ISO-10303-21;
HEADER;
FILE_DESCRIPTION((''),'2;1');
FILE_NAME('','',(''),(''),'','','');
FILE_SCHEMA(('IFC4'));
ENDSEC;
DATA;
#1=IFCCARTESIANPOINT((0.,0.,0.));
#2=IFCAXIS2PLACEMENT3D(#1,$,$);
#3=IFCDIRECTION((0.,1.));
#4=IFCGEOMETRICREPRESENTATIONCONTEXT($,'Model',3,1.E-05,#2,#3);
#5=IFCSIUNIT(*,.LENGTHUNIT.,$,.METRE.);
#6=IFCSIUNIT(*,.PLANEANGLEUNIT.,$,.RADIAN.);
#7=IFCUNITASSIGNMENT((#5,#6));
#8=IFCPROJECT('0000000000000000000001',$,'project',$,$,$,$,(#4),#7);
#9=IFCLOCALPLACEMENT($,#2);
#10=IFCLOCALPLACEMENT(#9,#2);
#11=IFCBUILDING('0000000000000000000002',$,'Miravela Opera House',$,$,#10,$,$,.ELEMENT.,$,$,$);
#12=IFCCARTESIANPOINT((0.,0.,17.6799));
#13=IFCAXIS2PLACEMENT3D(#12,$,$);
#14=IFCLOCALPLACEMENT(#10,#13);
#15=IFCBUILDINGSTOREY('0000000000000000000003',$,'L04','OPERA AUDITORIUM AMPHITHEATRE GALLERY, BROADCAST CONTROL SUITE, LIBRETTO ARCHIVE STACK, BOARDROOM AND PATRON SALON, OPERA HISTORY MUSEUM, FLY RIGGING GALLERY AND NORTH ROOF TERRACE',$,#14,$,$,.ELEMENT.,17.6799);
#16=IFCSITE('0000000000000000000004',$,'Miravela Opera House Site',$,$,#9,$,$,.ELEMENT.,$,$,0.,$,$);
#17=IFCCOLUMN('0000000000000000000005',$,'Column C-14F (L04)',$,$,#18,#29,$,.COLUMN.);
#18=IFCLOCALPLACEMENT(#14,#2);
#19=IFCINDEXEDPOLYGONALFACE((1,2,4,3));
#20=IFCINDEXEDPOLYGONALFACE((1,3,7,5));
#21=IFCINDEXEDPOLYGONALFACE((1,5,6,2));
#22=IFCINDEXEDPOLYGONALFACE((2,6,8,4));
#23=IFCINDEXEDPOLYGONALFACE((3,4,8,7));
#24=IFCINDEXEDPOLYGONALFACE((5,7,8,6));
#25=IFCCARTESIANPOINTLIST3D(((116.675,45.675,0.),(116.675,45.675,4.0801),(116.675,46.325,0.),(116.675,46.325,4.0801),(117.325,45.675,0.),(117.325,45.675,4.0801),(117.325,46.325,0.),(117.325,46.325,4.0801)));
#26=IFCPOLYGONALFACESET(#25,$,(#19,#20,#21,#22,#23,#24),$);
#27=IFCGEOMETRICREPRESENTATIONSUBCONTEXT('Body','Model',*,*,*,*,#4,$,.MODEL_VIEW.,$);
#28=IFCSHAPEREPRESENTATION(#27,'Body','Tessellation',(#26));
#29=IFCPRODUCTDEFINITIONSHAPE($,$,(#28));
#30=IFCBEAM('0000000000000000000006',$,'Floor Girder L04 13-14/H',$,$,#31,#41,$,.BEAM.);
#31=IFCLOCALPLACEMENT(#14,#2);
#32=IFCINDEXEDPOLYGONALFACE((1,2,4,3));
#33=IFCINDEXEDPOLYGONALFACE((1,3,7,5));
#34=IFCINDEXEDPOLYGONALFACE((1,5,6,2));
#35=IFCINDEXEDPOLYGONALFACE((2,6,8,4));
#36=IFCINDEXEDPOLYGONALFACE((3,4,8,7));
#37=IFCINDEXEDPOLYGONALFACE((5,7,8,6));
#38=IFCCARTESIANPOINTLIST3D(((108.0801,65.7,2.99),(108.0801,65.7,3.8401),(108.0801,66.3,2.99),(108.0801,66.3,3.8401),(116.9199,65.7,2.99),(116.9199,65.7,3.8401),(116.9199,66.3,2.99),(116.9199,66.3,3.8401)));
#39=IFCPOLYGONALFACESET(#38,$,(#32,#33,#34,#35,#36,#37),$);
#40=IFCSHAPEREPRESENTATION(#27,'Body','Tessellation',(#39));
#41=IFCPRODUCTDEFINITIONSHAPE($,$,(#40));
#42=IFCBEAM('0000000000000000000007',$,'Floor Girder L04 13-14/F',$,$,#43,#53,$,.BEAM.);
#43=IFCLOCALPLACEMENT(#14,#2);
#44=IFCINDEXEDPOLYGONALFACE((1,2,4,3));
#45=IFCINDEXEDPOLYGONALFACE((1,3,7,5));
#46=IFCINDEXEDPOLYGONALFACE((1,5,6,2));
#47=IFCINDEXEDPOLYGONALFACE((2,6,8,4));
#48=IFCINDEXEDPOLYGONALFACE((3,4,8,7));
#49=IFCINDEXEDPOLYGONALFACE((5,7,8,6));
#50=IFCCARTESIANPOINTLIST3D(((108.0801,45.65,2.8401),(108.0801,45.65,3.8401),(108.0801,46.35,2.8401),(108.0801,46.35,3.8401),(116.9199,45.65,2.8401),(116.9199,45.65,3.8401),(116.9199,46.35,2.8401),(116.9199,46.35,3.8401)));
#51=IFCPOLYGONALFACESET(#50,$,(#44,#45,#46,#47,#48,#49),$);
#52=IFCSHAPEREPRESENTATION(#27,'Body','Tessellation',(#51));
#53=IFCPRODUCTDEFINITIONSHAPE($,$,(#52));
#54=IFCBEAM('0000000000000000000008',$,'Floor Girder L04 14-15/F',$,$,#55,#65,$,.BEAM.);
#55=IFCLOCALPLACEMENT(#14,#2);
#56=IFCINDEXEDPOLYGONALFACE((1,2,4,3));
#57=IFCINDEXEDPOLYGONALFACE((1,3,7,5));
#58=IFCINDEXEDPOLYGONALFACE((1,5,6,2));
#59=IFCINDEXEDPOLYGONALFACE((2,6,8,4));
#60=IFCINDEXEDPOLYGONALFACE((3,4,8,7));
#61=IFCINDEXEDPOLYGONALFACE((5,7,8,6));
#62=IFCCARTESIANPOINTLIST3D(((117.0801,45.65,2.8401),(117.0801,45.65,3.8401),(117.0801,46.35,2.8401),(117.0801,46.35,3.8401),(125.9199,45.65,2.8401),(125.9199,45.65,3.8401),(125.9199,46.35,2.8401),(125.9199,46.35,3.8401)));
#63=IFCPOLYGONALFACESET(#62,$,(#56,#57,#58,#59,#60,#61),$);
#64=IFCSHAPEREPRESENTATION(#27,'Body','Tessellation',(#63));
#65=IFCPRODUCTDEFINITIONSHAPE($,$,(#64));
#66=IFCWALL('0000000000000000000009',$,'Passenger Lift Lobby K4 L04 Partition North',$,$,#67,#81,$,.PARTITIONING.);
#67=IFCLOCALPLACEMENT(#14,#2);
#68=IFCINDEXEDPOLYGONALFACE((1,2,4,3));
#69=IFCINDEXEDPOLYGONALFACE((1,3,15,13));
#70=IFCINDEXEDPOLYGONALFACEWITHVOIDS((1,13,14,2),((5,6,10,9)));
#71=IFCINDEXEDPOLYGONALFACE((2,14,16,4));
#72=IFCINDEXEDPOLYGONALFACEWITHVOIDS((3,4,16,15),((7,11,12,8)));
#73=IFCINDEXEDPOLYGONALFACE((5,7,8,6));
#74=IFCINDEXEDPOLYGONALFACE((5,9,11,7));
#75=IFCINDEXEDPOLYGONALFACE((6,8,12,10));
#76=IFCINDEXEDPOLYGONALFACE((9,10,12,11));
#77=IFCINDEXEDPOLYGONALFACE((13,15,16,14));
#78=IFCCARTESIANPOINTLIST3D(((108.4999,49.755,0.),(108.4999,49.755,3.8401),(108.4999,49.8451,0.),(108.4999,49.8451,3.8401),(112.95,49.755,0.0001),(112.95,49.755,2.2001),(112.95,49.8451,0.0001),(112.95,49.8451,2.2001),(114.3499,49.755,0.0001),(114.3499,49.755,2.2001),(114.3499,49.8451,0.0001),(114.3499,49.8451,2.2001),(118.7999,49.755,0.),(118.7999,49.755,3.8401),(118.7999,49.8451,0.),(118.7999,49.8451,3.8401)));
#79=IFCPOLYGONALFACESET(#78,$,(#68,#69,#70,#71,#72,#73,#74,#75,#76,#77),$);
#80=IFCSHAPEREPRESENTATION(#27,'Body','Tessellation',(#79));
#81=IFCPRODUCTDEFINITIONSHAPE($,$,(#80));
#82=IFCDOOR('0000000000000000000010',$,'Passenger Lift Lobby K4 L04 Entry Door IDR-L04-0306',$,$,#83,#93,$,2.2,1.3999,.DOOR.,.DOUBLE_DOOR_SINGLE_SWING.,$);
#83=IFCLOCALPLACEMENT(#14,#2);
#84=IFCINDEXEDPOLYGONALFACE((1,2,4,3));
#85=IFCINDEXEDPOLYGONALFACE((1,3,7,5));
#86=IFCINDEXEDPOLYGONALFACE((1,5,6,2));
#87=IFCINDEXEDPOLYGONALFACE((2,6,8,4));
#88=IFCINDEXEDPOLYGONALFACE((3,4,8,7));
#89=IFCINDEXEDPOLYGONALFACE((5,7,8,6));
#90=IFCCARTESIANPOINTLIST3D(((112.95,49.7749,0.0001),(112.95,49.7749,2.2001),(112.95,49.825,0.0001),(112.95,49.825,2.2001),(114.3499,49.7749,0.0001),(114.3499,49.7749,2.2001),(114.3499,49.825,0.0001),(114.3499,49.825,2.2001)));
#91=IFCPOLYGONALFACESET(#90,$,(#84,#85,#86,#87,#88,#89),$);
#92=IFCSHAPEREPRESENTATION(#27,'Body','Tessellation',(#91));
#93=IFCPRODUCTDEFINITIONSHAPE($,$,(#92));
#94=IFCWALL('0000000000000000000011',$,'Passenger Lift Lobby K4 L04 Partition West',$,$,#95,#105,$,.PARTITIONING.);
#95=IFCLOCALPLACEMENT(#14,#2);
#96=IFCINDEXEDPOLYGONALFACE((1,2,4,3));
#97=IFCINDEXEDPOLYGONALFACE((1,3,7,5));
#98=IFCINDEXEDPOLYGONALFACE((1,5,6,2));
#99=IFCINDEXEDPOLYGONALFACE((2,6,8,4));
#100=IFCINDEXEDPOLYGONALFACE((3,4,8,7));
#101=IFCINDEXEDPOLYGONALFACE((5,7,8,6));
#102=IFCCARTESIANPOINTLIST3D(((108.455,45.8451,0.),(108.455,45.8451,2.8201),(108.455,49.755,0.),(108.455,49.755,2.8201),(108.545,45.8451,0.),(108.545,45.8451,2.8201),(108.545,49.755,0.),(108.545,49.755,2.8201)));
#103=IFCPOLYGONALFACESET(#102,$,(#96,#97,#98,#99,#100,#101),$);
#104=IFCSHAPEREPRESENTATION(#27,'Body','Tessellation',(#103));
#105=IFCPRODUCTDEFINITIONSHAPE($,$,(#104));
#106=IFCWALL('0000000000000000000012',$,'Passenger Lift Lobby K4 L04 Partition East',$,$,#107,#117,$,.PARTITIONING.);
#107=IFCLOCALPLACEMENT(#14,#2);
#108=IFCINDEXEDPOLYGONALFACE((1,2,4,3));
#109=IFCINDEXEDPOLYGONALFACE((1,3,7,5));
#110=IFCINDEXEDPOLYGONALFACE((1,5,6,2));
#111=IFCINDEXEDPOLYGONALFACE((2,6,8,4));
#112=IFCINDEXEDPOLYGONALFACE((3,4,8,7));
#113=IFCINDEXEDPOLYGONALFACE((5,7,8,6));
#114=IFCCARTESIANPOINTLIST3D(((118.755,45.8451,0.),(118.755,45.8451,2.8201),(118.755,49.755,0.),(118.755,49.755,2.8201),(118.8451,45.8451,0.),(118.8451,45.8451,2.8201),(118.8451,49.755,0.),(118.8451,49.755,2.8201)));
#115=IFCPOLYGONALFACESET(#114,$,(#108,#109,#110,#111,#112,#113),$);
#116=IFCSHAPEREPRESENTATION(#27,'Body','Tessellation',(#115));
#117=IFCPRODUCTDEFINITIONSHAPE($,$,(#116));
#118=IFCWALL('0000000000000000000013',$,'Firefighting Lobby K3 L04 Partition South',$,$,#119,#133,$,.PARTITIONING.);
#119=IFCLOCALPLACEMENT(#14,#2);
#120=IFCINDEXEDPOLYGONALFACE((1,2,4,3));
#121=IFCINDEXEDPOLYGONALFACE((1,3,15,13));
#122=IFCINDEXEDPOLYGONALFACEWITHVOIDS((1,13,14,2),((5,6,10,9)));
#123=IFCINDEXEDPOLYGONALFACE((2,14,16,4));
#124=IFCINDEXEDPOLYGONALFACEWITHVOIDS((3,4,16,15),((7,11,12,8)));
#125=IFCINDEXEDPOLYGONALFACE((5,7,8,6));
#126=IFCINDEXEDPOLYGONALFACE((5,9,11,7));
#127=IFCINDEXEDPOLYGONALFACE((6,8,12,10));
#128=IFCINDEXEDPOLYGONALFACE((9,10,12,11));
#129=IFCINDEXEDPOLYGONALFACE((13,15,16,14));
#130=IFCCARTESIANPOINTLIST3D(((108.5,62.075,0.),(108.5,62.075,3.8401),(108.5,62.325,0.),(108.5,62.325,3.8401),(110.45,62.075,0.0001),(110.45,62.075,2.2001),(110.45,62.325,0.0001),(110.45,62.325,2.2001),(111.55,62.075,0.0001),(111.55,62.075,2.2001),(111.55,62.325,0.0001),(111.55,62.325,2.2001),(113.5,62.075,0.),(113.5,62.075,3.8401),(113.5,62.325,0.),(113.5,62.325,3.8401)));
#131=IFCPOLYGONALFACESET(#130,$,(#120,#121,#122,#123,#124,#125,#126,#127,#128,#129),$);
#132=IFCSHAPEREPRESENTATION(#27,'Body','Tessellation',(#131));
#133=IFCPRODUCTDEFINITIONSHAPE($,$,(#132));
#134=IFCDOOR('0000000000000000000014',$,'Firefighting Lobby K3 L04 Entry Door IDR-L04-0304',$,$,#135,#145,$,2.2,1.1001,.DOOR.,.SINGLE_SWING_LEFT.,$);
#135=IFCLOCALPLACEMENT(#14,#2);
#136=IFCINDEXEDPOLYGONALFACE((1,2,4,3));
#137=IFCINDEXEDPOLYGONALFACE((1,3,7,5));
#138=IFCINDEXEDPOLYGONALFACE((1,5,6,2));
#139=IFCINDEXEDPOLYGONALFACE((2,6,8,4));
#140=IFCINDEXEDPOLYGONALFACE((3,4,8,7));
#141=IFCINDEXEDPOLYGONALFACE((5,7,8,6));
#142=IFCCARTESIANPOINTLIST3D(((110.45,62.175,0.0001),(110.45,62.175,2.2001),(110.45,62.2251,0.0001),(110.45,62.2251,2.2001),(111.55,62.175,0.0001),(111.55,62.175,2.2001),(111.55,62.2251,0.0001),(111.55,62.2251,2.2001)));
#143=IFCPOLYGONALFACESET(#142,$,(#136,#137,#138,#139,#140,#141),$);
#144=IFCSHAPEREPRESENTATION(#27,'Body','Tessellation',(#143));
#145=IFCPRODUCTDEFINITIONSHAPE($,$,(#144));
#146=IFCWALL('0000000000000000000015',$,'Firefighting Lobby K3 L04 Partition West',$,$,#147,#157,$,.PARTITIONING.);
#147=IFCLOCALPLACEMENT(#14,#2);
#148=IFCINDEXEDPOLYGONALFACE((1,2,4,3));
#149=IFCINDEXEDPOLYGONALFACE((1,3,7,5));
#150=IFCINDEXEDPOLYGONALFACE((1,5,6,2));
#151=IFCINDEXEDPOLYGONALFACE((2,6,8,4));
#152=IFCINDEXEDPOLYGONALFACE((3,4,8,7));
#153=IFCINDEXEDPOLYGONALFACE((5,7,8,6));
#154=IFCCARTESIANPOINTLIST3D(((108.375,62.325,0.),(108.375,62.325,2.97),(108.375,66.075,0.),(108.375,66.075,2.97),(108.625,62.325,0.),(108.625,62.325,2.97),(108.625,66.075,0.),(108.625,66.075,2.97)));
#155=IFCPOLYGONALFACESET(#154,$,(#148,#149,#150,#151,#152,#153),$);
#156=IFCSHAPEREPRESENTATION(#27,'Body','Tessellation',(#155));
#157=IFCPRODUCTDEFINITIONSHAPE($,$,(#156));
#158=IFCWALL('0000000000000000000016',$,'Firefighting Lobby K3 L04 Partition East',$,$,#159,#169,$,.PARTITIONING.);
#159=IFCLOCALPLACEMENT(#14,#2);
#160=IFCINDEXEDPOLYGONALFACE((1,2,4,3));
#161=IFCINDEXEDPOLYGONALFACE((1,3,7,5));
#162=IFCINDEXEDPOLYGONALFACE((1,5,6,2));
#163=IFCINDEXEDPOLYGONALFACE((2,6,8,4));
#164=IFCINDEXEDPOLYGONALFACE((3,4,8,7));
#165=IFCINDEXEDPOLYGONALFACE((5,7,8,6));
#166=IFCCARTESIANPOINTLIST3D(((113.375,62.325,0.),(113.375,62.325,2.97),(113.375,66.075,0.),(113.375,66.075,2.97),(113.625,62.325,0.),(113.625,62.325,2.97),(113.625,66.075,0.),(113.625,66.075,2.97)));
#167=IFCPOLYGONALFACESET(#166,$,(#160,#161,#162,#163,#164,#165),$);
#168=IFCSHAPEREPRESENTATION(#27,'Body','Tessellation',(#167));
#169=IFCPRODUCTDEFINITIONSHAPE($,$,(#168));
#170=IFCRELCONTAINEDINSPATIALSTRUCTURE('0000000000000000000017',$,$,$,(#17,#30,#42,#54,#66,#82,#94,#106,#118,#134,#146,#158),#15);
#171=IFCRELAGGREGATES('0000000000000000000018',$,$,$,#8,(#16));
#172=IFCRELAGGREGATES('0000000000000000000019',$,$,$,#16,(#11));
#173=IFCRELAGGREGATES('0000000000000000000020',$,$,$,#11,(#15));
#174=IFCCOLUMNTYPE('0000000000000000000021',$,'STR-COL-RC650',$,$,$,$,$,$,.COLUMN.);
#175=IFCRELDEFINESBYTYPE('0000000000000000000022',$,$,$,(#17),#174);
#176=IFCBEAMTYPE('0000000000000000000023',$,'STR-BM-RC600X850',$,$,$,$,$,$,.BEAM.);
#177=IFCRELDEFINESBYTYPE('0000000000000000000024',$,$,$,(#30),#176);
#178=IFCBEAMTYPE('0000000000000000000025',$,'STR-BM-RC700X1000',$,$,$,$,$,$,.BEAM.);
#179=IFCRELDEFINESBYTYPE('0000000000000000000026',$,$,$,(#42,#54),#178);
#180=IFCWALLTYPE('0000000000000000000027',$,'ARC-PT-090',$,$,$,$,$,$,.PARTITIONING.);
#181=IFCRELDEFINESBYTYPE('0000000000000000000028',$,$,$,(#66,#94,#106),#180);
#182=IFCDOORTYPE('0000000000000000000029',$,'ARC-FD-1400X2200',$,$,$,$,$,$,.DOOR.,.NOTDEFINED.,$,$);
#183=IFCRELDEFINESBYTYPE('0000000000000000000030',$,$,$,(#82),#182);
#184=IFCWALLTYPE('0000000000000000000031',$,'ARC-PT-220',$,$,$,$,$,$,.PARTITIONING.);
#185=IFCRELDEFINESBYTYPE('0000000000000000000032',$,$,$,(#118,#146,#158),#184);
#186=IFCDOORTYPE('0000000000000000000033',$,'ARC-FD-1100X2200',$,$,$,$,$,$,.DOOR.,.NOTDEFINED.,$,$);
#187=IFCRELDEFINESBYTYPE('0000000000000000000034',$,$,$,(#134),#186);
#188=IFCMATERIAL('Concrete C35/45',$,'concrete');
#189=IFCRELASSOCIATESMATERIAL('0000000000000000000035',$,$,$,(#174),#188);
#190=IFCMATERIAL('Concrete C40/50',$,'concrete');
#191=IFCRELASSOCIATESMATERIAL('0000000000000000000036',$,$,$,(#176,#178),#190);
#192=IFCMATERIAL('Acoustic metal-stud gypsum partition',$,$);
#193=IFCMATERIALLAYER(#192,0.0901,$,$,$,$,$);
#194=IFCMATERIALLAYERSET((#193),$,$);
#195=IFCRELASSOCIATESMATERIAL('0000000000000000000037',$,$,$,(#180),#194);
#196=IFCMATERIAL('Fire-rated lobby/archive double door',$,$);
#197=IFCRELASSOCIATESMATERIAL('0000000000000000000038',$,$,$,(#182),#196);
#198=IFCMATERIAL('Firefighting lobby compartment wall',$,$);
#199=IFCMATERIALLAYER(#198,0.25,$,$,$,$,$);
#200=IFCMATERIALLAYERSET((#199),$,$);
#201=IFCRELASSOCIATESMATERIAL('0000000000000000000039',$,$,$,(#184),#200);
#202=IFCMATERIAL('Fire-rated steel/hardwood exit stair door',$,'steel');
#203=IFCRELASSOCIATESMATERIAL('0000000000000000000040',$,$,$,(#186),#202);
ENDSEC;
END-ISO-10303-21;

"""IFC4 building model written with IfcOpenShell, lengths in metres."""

from ifc_helpers import new_model, si_unit, direction, frame, frame_2d, origin, origin_2d, place, context, subcontext, project, spatial, rectangle, extrude, material, layer, layer_set, material_profile, profile_set, type_object, element, fill, save


model = new_model("IFC4")

# Units and contexts
model_context = context("Model", 3, precision=1e-05, world=origin(), true_north=direction((0.0, 1.0)))
body_context = subcontext(model_context, "Body", "Model", "MODEL_VIEW")
ifc_project = project(units=[si_unit("LENGTHUNIT", "METRE"), si_unit("PLANEANGLEUNIT", "RADIAN")], contexts=[model_context])

# Site, building, storey
site_placement = place(None, origin())
site = spatial("IfcSite", under=ifc_project, at=site_placement, Name="Miravela Opera House Site", CompositionType="ELEMENT", RefElevation=0.0)
building_placement = place(site_placement, origin())
building = spatial("IfcBuilding", under=site, at=building_placement, Name="Miravela Opera House", CompositionType="ELEMENT")
storey_placement = place(building_placement, frame((0.0, 0.0, 17.6799)))
storey = spatial("IfcBuildingStorey", under=building, at=storey_placement, Name="L04", Description="OPERA AUDITORIUM AMPHITHEATRE GALLERY, BROADCAST CONTROL SUITE, LIBRETTO ARCHIVE STACK, BOARDROOM AND PATRON SALON, OPERA HISTORY MUSEUM, FLY RIGGING GALLERY AND NORTH ROOF TERRACE", CompositionType="ELEMENT", Elevation=17.6799)

# Column
ifc_material_1 = material(Name="Concrete C35/45", Category="concrete")
ifc_material_profile_1 = material_profile(ifc_material_1, rectangle(XDim=0.6499, YDim=0.6499, at=origin_2d()), Name="RC-COL-650X650")
ifc_profile_set_1 = profile_set([ifc_material_profile_1])
column_type = type_object("IfcColumnType", Name="STR-COL-RC650", PredefinedType="COLUMN", material=ifc_profile_set_1)
column_placement = place(storey_placement, frame((117.0, 46.0, 0.0), z_axis=(0.0, 0.0, 1.0), x_axis=(1.0, 0.0, 0.0)))
element("IfcColumn", 1, at=column_placement, inside=storey, type_object=column_type, Name="Column C-14F (L04)", PredefinedType="COLUMN", context=body_context, shape_type="SweptSolid", body=[
    extrude(rectangle(XDim=0.6499, YDim=0.6499, at=origin_2d()), origin(), (0.0, 0.0, 1.0), 4.0801),
])

# Beams
ifc_material_2 = material(Name="Concrete C40/50", Category="concrete")
ifc_material_profile_2 = material_profile(ifc_material_2, rectangle(XDim=0.6001, YDim=0.8501, at=origin_2d()), Name="RC-BM-600X850")
ifc_profile_set_2 = profile_set([ifc_material_profile_2])
beam_type_1 = type_object("IfcBeamType", Name="STR-BM-RC600X850", PredefinedType="BEAM", material=ifc_profile_set_2)
beam_placement = place(storey_placement, frame((108.0801, 66.0, 3.415), z_axis=(1.0, 0.0, 0.0), x_axis=(0.0, 1.0, 0.0)))
element("IfcBeam", 2, at=beam_placement, inside=storey, type_object=beam_type_1, Name="Floor Girder L04 13-14/H", PredefinedType="BEAM", context=body_context, shape_type="SweptSolid", body=[
    extrude(rectangle(XDim=0.6001, YDim=0.8501, at=origin_2d()), origin(), (0.0, 0.0, 1.0), 8.8398),
])
ifc_material_profile_3 = material_profile(ifc_material_2, rectangle(XDim=0.7, YDim=1.0, at=origin_2d()), Name="RC-BM-700X1000")
ifc_profile_set_3 = profile_set([ifc_material_profile_3])
beam_type_2 = type_object("IfcBeamType", Name="STR-BM-RC700X1000", PredefinedType="BEAM", material=ifc_profile_set_3)
for number, where, z_axis, x_axis, name in (
    (3, (108.0801, 46.0, 3.3401), (1.0, 0.0, 0.0), (0.0, 1.0, 0.0), "Floor Girder L04 13-14/F"),
    (4, (117.0801, 46.0, 3.3401), (1.0, 0.0, 0.0), (0.0, 1.0, 0.0), "Floor Girder L04 14-15/F"),
):
    element("IfcBeam", number, at=place(storey_placement, frame(where, z_axis=z_axis, x_axis=x_axis)), inside=storey, type_object=beam_type_2, Name=name, PredefinedType="BEAM", context=body_context, shape_type="SweptSolid", body=[
        extrude(rectangle(XDim=0.7, YDim=1.0, at=origin_2d()), origin(), (0.0, 0.0, 1.0), 8.8398),
    ])

# Wall, opening, door
ifc_material_3 = material(Name="Acoustic metal-stud gypsum partition")
ifc_layer_1 = layer(ifc_material_3, 0.0901)
ifc_layer_set_1 = layer_set([ifc_layer_1])
wall_type_1 = type_object("IfcWallType", Name="ARC-PT-090", PredefinedType="PARTITIONING", material=ifc_layer_set_1)
wall_1_placement = place(storey_placement, frame((108.5, 49.8, 0.0), z_axis=(0.0, 0.0, 1.0), x_axis=(1.0, 0.0, 0.0)))
wall_1 = element("IfcWall", 5, at=wall_1_placement, inside=storey, type_object=wall_type_1, Name="Passenger Lift Lobby K4 L04 Partition North", PredefinedType="PARTITIONING", context=body_context, shape_type="SweptSolid", body=[
    extrude(rectangle(XDim=10.3, YDim=0.0901, at=frame_2d((5.1499, 0.0))), origin(), (0.0, 0.0, 1.0), 3.8401),
])
opening_1_placement = place(wall_1_placement, frame((4.45, 0.0, 0.0)))
opening_1 = element("IfcOpeningElement", 6, at=opening_1_placement, cuts=wall_1, PredefinedType="OPENING", context=body_context, shape_type="SweptSolid", body=[
    extrude(rectangle(XDim=1.3999, YDim=2.2, at=frame_2d((0.7, 1.1001))), frame((0.0, 0.0549, 0.0), z_axis=(0.0, -1.0, 0.0), x_axis=(1.0, 0.0, 0.0)), (0.0, 0.0, 1.0), 0.1101),
])
ifc_material_4 = material(Name="Fire-rated lobby/archive double door")
door_type_1 = type_object("IfcDoorType", Name="ARC-FD-1400X2200", OperationType="NOTDEFINED", PredefinedType="DOOR", material=ifc_material_4)
door_1_placement = place(opening_1_placement, origin())
door_1 = element("IfcDoor", 7, at=door_1_placement, inside=storey, type_object=door_type_1, Name="Passenger Lift Lobby K4 L04 Entry Door IDR-L04-0306", OperationType="DOUBLE_DOOR_SINGLE_SWING", OverallHeight=2.2, OverallWidth=1.3999, PredefinedType="DOOR", context=body_context, shape_type="SweptSolid", body=[
    extrude(rectangle(XDim=1.3999, YDim=2.2, at=frame_2d((0.7, 1.1001))), frame((0.0, 0.0249, 0.0), z_axis=(0.0, -1.0, 0.0), x_axis=(1.0, 0.0, 0.0)), (0.0, 0.0, 1.0), 0.05),
])
fill(opening_1, door_1)

# Walls
for number, where, z_axis, x_axis, name in (
    (8, (108.5, 45.845, 0.0), (0.0, 0.0, 1.0), (0.0, 1.0, 0.0), "Passenger Lift Lobby K4 L04 Partition West"),
    (9, (118.8, 45.845, 0.0), (0.0, 0.0, 1.0), (0.0, 1.0, 0.0), "Passenger Lift Lobby K4 L04 Partition East"),
):
    element("IfcWall", number, at=place(storey_placement, frame(where, z_axis=z_axis, x_axis=x_axis)), inside=storey, type_object=wall_type_1, Name=name, PredefinedType="PARTITIONING", context=body_context, shape_type="SweptSolid", body=[
        extrude(rectangle(XDim=3.9099, YDim=0.0901, at=frame_2d((1.9551, 0.0))), origin(), (0.0, 0.0, 1.0), 2.8201),
    ])

# Wall, opening, door
ifc_material_5 = material(Name="Firefighting lobby compartment wall")
ifc_layer_2 = layer(ifc_material_5, 0.25)
ifc_layer_set_2 = layer_set([ifc_layer_2])
wall_type_2 = type_object("IfcWallType", Name="ARC-PT-220", PredefinedType="PARTITIONING", material=ifc_layer_set_2)
wall_2_placement = place(storey_placement, frame((108.5, 62.2, 0.0), z_axis=(0.0, 0.0, 1.0), x_axis=(1.0, 0.0, 0.0)))
wall_2 = element("IfcWall", 10, at=wall_2_placement, inside=storey, type_object=wall_type_2, Name="Firefighting Lobby K3 L04 Partition South", PredefinedType="PARTITIONING", context=body_context, shape_type="SweptSolid", body=[
    extrude(rectangle(XDim=5.0, YDim=0.25, at=frame_2d((2.5, 0.0))), origin(), (0.0, 0.0, 1.0), 3.8401),
])
opening_2_placement = place(wall_2_placement, frame((1.95, 0.0, 0.0)))
opening_2 = element("IfcOpeningElement", 11, at=opening_2_placement, cuts=wall_2, PredefinedType="OPENING", context=body_context, shape_type="SweptSolid", body=[
    extrude(rectangle(XDim=1.1001, YDim=2.2, at=frame_2d((0.55, 1.1001))), frame((0.0, 0.135, 0.0), z_axis=(0.0, -1.0, 0.0), x_axis=(1.0, 0.0, 0.0)), (0.0, 0.0, 1.0), 0.27),
])
ifc_material_6 = material(Name="Fire-rated steel/hardwood exit stair door", Category="steel")
door_type_2 = type_object("IfcDoorType", Name="ARC-FD-1100X2200", OperationType="NOTDEFINED", PredefinedType="DOOR", material=ifc_material_6)
door_2_placement = place(opening_2_placement, frame((1.1001, 0.0, 0.0), z_axis=(0.0, 0.0, 1.0), x_axis=(-1.0, 0.0, 0.0)))
door_2 = element("IfcDoor", 12, at=door_2_placement, inside=storey, type_object=door_type_2, Name="Firefighting Lobby K3 L04 Entry Door IDR-L04-0304", OperationType="SINGLE_SWING_LEFT", OverallHeight=2.2, OverallWidth=1.1001, PredefinedType="DOOR", context=body_context, shape_type="SweptSolid", body=[
    extrude(rectangle(XDim=1.1001, YDim=2.2, at=frame_2d((0.55, 1.1001))), frame((0.0, 0.0249, 0.0), z_axis=(0.0, -1.0, 0.0), x_axis=(1.0, 0.0, 0.0)), (0.0, 0.0, 1.0), 0.05),
])
fill(opening_2, door_2)

# Walls
for number, where, z_axis, x_axis, name in (
    (13, (108.5, 62.325, 0.0), (0.0, 0.0, 1.0), (0.0, 1.0, 0.0), "Firefighting Lobby K3 L04 Partition West"),
    (14, (113.5, 62.325, 0.0), (0.0, 0.0, 1.0), (0.0, 1.0, 0.0), "Firefighting Lobby K3 L04 Partition East"),
):
    element("IfcWall", number, at=place(storey_placement, frame(where, z_axis=z_axis, x_axis=x_axis)), inside=storey, type_object=wall_type_2, Name=name, PredefinedType="PARTITIONING", context=body_context, shape_type="SweptSolid", body=[
        extrude(rectangle(XDim=3.75, YDim=0.25, at=frame_2d((1.875, 0.0))), origin(), (0.0, 0.0, 1.0), 2.97),
    ])

save(model, "model.ifc")
